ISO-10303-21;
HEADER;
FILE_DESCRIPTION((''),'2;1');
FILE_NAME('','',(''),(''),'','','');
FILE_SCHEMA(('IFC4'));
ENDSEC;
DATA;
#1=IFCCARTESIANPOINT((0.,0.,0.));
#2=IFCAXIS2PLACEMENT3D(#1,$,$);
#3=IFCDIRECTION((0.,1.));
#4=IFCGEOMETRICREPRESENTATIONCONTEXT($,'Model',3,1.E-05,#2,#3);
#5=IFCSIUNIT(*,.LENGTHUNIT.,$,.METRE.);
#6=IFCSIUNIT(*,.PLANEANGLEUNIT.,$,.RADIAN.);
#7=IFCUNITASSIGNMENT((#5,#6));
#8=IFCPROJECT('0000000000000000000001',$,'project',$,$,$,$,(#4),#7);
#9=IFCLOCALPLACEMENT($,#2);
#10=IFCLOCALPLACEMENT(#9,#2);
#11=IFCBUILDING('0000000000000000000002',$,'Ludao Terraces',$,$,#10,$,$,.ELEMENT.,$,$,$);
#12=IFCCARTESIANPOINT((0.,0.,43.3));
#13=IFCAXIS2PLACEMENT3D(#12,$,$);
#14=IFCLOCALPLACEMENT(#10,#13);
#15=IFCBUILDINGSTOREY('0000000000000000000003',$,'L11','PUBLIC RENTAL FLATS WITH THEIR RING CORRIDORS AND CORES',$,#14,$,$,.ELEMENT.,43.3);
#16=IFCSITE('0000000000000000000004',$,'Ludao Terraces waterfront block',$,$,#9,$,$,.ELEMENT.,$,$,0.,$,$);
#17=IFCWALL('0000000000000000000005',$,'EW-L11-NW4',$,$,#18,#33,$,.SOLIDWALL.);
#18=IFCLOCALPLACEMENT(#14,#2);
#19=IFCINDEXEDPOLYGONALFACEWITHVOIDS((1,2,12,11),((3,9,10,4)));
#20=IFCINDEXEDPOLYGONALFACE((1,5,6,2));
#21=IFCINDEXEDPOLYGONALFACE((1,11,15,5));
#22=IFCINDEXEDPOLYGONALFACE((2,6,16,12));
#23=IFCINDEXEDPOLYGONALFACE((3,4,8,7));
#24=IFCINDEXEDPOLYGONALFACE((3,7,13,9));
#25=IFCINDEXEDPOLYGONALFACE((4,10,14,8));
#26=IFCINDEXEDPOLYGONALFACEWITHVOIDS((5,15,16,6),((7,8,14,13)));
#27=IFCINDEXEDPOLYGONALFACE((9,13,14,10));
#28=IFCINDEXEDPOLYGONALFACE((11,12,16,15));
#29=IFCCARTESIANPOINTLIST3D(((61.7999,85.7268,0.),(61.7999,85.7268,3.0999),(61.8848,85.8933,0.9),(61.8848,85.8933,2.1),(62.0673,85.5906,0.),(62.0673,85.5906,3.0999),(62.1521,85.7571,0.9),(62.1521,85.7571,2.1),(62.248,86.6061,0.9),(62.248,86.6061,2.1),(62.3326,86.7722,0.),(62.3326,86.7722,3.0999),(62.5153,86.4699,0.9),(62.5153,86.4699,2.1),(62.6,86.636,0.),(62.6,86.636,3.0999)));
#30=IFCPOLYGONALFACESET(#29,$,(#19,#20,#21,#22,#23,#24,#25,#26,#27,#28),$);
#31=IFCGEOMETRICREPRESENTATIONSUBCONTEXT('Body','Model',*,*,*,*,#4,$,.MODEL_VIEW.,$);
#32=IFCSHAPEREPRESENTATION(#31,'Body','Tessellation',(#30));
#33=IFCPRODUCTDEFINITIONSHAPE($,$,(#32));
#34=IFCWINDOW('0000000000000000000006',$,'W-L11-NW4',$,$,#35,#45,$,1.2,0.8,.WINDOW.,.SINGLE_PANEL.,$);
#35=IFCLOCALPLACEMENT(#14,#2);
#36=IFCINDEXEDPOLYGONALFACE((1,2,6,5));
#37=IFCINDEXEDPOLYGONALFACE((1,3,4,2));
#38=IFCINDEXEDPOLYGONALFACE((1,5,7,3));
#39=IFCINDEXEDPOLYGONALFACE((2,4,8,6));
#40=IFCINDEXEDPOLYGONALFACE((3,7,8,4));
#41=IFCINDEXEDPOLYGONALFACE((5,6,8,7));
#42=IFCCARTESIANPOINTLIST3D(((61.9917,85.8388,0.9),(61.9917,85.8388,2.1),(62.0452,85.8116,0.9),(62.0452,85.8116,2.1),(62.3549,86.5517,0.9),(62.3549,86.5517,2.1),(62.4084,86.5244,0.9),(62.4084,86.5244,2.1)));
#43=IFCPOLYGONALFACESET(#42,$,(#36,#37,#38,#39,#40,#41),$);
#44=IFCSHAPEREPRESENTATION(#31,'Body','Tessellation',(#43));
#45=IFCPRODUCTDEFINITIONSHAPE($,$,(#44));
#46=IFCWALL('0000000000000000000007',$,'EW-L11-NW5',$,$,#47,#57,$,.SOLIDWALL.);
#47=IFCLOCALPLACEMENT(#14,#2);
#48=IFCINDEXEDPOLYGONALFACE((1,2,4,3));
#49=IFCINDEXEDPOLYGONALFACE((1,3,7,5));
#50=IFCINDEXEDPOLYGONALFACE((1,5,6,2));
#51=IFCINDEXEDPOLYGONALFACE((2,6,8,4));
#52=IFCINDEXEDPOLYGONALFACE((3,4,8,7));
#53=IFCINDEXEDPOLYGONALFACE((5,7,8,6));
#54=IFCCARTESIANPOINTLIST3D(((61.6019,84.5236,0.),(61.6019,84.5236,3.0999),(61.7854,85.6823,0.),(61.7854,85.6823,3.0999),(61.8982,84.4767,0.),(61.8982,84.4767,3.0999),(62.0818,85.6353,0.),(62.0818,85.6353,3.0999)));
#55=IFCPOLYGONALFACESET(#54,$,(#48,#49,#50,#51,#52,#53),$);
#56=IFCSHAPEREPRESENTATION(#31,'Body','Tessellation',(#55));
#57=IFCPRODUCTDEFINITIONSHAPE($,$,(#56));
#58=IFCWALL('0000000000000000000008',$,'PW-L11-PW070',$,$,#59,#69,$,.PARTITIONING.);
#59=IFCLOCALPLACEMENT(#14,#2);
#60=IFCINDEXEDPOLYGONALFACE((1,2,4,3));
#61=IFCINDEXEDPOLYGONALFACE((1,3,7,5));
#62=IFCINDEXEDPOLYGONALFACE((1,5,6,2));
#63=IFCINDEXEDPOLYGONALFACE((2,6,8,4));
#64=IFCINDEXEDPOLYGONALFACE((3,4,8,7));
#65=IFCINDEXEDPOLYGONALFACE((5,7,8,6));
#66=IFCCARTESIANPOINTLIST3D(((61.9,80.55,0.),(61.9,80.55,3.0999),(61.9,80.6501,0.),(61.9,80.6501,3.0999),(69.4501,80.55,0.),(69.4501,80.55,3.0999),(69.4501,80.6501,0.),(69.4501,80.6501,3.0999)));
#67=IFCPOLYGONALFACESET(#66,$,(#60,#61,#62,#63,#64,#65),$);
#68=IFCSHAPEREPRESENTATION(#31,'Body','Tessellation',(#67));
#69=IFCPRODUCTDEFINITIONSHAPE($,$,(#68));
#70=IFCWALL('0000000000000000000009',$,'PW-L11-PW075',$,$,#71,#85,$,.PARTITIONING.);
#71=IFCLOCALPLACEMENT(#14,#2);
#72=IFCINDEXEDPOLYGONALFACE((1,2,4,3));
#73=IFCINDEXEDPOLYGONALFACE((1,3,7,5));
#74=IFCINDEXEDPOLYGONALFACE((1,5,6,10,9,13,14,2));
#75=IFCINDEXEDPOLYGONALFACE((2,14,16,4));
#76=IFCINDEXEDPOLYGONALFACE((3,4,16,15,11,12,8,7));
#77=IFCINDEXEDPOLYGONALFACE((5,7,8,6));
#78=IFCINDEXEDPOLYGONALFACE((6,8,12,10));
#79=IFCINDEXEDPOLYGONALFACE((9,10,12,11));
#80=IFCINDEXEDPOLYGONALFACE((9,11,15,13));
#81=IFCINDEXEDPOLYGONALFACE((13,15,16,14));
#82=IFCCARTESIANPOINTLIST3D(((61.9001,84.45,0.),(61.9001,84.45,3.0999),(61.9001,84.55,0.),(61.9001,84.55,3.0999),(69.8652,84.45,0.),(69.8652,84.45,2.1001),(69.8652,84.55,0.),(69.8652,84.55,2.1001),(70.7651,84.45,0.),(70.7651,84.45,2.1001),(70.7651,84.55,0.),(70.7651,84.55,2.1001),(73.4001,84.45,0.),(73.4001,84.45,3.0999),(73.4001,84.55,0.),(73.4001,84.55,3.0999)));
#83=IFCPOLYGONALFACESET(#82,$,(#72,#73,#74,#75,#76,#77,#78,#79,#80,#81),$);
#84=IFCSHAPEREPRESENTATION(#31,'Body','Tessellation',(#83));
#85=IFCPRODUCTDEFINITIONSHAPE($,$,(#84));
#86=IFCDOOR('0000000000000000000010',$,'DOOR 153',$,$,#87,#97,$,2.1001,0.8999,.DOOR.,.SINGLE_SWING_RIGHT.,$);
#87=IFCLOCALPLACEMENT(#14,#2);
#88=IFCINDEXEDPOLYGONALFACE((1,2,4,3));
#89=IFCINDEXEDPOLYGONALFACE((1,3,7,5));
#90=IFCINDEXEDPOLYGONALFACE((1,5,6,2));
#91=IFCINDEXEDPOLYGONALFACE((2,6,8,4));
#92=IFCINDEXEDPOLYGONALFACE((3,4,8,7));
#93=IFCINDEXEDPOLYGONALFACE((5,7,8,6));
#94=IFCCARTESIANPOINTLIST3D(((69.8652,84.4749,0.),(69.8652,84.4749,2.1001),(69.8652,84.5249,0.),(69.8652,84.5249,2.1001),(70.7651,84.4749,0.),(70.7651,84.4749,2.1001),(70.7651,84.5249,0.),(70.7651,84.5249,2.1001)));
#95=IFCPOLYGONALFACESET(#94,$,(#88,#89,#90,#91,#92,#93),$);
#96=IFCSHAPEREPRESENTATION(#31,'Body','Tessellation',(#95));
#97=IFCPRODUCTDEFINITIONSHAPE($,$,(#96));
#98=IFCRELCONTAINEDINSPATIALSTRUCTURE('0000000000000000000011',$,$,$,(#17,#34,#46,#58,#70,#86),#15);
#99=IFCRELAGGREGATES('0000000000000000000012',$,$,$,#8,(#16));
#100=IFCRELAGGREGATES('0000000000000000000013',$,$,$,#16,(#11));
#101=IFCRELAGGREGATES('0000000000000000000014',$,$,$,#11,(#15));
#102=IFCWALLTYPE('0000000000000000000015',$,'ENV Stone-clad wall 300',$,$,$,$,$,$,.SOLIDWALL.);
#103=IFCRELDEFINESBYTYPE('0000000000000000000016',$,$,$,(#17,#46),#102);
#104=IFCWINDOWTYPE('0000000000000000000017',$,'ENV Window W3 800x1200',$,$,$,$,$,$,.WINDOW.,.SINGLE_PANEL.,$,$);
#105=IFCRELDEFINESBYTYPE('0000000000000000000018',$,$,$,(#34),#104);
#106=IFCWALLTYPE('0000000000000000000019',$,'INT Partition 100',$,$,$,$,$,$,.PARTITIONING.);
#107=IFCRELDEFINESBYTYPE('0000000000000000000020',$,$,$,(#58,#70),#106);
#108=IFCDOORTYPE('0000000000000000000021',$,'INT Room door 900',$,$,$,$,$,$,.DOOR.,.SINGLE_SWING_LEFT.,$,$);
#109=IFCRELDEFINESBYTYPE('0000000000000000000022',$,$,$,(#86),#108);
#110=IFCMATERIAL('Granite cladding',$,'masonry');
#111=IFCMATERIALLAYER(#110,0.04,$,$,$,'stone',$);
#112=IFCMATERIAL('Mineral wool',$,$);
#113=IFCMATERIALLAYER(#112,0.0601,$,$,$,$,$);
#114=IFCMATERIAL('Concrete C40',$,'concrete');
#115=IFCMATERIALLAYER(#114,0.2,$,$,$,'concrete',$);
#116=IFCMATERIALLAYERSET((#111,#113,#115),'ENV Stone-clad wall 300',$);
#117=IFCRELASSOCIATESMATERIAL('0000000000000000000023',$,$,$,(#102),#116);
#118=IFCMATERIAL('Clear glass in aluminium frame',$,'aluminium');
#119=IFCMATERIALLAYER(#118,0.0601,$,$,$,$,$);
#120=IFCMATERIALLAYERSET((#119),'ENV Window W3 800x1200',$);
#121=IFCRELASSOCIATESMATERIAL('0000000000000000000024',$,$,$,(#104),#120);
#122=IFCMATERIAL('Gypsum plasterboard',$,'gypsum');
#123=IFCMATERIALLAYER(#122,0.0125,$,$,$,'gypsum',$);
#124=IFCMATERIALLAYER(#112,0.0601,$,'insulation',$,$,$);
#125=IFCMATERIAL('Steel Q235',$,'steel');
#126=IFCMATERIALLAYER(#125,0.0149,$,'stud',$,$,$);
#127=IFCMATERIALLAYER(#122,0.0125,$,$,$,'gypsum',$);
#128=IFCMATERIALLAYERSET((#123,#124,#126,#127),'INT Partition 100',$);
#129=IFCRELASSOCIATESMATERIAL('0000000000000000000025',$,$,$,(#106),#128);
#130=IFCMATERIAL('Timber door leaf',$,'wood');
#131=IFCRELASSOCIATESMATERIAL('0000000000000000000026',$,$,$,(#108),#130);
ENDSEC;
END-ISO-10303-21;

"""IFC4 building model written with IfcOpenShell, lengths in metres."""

from ifc_helpers import new_model, si_unit, direction, frame, frame_2d, origin, place, context, subcontext, project, spatial, rectangle, extrude, material, layer, layer_set, type_object, element, fill, save


model = new_model("IFC4")

# Units and contexts
model_context = context("Model", 3, precision=1e-05, world=origin(), true_north=direction((0.0, 1.0)))
body_context = subcontext(model_context, "Body", "Model", "MODEL_VIEW")
ifc_project = project(units=[si_unit("LENGTHUNIT", "METRE"), si_unit("PLANEANGLEUNIT", "RADIAN")], contexts=[model_context])

# Site, building, storey
site_placement = place(None, origin())
site = spatial("IfcSite", under=ifc_project, at=site_placement, Name="Ludao Terraces waterfront block", CompositionType="ELEMENT", RefElevation=0.0)
building_placement = place(site_placement, origin())
building = spatial("IfcBuilding", under=site, at=building_placement, Name="Ludao Terraces", CompositionType="ELEMENT")
storey_placement = place(building_placement, frame((0.0, 0.0, 43.3)))
storey = spatial("IfcBuildingStorey", under=building, at=storey_placement, Name="L11", Description="PUBLIC RENTAL FLATS WITH THEIR RING CORRIDORS AND CORES", CompositionType="ELEMENT", Elevation=43.3)

# Shared definitions
ifc_material_1 = material(Name="Concrete C40", Category="concrete")

# Wall, opening, window
ifc_material_2 = material(Name="Granite cladding", Category="masonry")
ifc_layer_1 = layer(ifc_material_2, 0.04, Category="stone")
ifc_material_3 = material(Name="Mineral wool")
ifc_layer_2 = layer(ifc_material_3, 0.0601)
ifc_layer_3 = layer(ifc_material_1, 0.2, Category="concrete")
ifc_layer_set_1 = layer_set([ifc_layer_1, ifc_layer_2, ifc_layer_3], Name="ENV Stone-clad wall 300")
wall_type_1 = type_object("IfcWallType", Name="ENV Stone-clad wall 300", PredefinedType="SOLIDWALL", material=ifc_layer_set_1)
ifc_material_4 = material(Name="Clear glass in aluminium frame", Category="aluminium")
ifc_layer_4 = layer(ifc_material_4, 0.0601)
ifc_layer_set_2 = layer_set([ifc_layer_4], Name="ENV Window W3 800x1200")
window_type_1 = type_object("IfcWindowType", Name="ENV Window W3 800x1200", PartitioningType="SINGLE_PANEL", PredefinedType="WINDOW", material=ifc_layer_set_2)
wall_1_placement = place(storey_placement, frame((62.4663, 86.7041, 0.0), z_axis=(0.0, 0.0, 1.0), x_axis=(-0.454026, -0.890989, 0.0)))
wall_1 = element("IfcWall", 1, at=wall_1_placement, inside=storey, type_object=wall_type_1, Name="EW-L11-NW4", PredefinedType="SOLIDWALL", context=body_context, shape_type="SweptSolid", body=[
    extrude(rectangle(XDim=1.1733, YDim=0.3, at=frame_2d((0.5867, 0.0))), origin(), (0.0, 0.0, 1.0), 3.0999),
])
opening_1_placement = place(wall_1_placement, frame((0.1865, 0.0, 0.8999)))
opening_1 = element("IfcOpeningElement", 2, at=opening_1_placement, cuts=wall_1, PredefinedType="OPENING", context=body_context, shape_type="SweptSolid", body=[
    extrude(rectangle(XDim=0.8, YDim=1.2, at=frame_2d((0.3999, 0.6001))), frame((0.0, 0.1602, 0.0), z_axis=(0.0, -1.0, 0.0), x_axis=(1.0, 0.0, 0.0)), (0.0, 0.0, 1.0), 0.3201),
])
window_1_placement = place(opening_1_placement, origin())
window_1 = element("IfcWindow", 3, at=window_1_placement, inside=storey, type_object=window_type_1, Name="W-L11-NW4", OverallHeight=1.2, OverallWidth=0.8, PartitioningType="SINGLE_PANEL", PredefinedType="WINDOW", context=body_context, shape_type="SweptSolid", body=[
    extrude(rectangle(XDim=0.8, YDim=1.2, at=frame_2d((0.3999, 0.6001))), frame((0.0, 0.03, 0.0), z_axis=(0.0, -1.0, 0.0), x_axis=(1.0, 0.0, 0.0)), (0.0, 0.0, 1.0), 0.0601),
])
fill(opening_1, window_1)

# Walls
wall_2_placement = place(storey_placement, frame((61.9336, 85.6587, 0.0), z_axis=(0.0, 0.0, 1.0), x_axis=(-0.156497, -0.987678, 0.0)))
element("IfcWall", 4, at=wall_2_placement, inside=storey, type_object=wall_type_1, Name="EW-L11-NW5", PredefinedType="SOLIDWALL", context=body_context, shape_type="SweptSolid", body=[
    extrude(rectangle(XDim=1.1731, YDim=0.3, at=frame_2d((0.5864, 0.0))), origin(), (0.0, 0.0, 1.0), 3.0999),
])
ifc_material_5 = material(Name="Gypsum plasterboard", Category="gypsum")
ifc_layer_5 = layer(ifc_material_5, 0.0125, Category="gypsum")
ifc_layer_6 = layer(ifc_material_3, 0.0601, Name="insulation")
ifc_material_6 = material(Name="Steel Q235", Category="steel")
ifc_layer_7 = layer(ifc_material_6, 0.0149, Name="stud")
ifc_layer_8 = layer(ifc_material_5, 0.0125, Category="gypsum")
ifc_layer_set_3 = layer_set([ifc_layer_5, ifc_layer_6, ifc_layer_7, ifc_layer_8], Name="INT Partition 100")
wall_type_2 = type_object("IfcWallType", Name="INT Partition 100", PredefinedType="PARTITIONING", material=ifc_layer_set_3)
wall_3_placement = place(storey_placement, frame((61.9001, 80.6001, 0.0), z_axis=(0.0, 0.0, 1.0), x_axis=(1.0, 0.0, 0.0)))
element("IfcWall", 5, at=wall_3_placement, inside=storey, type_object=wall_type_2, Name="PW-L11-PW070", PredefinedType="PARTITIONING", context=body_context, shape_type="SweptSolid", body=[
    extrude(rectangle(XDim=7.55, YDim=0.1001, at=frame_2d((3.7749, 0.0))), origin(), (0.0, 0.0, 1.0), 3.0999),
])

# Wall, opening, door
wall_4_placement = place(storey_placement, frame((61.9001, 84.5, 0.0), z_axis=(0.0, 0.0, 1.0), x_axis=(1.0, 0.0, 0.0)))
wall_4 = element("IfcWall", 6, at=wall_4_placement, inside=storey, type_object=wall_type_2, Name="PW-L11-PW075", PredefinedType="PARTITIONING", context=body_context, shape_type="SweptSolid", body=[
    extrude(rectangle(XDim=11.5, YDim=0.1001, at=frame_2d((5.75, 0.0))), origin(), (0.0, 0.0, 1.0), 3.0999),
])
opening_2_placement = place(wall_4_placement, frame((7.9651, 0.0, 0.0)))
opening_2 = element("IfcOpeningElement", 7, at=opening_2_placement, cuts=wall_4, PredefinedType="OPENING", context=body_context, shape_type="SweptSolid", body=[
    extrude(rectangle(XDim=0.8999, YDim=2.1001, at=frame_2d((0.45, 1.05))), frame((0.0, 0.0601, 0.0), z_axis=(0.0, -1.0, 0.0), x_axis=(1.0, 0.0, 0.0)), (0.0, 0.0, 1.0), 0.1201),
])
ifc_material_7 = material(Name="Timber door leaf", Category="wood")
door_type = type_object("IfcDoorType", Name="INT Room door 900", OperationType="SINGLE_SWING_LEFT", PredefinedType="DOOR", material=ifc_material_7)
door_placement = place(opening_2_placement, origin())
door = element("IfcDoor", 8, at=door_placement, inside=storey, type_object=door_type, Name="DOOR 153", OperationType="SINGLE_SWING_RIGHT", OverallHeight=2.1001, OverallWidth=0.8999, PredefinedType="DOOR", context=body_context, shape_type="SweptSolid", body=[
    extrude(rectangle(XDim=0.8999, YDim=2.1001, at=frame_2d((0.45, 1.05))), frame((0.0, 0.0249, 0.0), z_axis=(0.0, -1.0, 0.0), x_axis=(1.0, 0.0, 0.0)), (0.0, 0.0, 1.0), 0.05),
])
fill(opening_2, door)

save(model, "model.ifc")
